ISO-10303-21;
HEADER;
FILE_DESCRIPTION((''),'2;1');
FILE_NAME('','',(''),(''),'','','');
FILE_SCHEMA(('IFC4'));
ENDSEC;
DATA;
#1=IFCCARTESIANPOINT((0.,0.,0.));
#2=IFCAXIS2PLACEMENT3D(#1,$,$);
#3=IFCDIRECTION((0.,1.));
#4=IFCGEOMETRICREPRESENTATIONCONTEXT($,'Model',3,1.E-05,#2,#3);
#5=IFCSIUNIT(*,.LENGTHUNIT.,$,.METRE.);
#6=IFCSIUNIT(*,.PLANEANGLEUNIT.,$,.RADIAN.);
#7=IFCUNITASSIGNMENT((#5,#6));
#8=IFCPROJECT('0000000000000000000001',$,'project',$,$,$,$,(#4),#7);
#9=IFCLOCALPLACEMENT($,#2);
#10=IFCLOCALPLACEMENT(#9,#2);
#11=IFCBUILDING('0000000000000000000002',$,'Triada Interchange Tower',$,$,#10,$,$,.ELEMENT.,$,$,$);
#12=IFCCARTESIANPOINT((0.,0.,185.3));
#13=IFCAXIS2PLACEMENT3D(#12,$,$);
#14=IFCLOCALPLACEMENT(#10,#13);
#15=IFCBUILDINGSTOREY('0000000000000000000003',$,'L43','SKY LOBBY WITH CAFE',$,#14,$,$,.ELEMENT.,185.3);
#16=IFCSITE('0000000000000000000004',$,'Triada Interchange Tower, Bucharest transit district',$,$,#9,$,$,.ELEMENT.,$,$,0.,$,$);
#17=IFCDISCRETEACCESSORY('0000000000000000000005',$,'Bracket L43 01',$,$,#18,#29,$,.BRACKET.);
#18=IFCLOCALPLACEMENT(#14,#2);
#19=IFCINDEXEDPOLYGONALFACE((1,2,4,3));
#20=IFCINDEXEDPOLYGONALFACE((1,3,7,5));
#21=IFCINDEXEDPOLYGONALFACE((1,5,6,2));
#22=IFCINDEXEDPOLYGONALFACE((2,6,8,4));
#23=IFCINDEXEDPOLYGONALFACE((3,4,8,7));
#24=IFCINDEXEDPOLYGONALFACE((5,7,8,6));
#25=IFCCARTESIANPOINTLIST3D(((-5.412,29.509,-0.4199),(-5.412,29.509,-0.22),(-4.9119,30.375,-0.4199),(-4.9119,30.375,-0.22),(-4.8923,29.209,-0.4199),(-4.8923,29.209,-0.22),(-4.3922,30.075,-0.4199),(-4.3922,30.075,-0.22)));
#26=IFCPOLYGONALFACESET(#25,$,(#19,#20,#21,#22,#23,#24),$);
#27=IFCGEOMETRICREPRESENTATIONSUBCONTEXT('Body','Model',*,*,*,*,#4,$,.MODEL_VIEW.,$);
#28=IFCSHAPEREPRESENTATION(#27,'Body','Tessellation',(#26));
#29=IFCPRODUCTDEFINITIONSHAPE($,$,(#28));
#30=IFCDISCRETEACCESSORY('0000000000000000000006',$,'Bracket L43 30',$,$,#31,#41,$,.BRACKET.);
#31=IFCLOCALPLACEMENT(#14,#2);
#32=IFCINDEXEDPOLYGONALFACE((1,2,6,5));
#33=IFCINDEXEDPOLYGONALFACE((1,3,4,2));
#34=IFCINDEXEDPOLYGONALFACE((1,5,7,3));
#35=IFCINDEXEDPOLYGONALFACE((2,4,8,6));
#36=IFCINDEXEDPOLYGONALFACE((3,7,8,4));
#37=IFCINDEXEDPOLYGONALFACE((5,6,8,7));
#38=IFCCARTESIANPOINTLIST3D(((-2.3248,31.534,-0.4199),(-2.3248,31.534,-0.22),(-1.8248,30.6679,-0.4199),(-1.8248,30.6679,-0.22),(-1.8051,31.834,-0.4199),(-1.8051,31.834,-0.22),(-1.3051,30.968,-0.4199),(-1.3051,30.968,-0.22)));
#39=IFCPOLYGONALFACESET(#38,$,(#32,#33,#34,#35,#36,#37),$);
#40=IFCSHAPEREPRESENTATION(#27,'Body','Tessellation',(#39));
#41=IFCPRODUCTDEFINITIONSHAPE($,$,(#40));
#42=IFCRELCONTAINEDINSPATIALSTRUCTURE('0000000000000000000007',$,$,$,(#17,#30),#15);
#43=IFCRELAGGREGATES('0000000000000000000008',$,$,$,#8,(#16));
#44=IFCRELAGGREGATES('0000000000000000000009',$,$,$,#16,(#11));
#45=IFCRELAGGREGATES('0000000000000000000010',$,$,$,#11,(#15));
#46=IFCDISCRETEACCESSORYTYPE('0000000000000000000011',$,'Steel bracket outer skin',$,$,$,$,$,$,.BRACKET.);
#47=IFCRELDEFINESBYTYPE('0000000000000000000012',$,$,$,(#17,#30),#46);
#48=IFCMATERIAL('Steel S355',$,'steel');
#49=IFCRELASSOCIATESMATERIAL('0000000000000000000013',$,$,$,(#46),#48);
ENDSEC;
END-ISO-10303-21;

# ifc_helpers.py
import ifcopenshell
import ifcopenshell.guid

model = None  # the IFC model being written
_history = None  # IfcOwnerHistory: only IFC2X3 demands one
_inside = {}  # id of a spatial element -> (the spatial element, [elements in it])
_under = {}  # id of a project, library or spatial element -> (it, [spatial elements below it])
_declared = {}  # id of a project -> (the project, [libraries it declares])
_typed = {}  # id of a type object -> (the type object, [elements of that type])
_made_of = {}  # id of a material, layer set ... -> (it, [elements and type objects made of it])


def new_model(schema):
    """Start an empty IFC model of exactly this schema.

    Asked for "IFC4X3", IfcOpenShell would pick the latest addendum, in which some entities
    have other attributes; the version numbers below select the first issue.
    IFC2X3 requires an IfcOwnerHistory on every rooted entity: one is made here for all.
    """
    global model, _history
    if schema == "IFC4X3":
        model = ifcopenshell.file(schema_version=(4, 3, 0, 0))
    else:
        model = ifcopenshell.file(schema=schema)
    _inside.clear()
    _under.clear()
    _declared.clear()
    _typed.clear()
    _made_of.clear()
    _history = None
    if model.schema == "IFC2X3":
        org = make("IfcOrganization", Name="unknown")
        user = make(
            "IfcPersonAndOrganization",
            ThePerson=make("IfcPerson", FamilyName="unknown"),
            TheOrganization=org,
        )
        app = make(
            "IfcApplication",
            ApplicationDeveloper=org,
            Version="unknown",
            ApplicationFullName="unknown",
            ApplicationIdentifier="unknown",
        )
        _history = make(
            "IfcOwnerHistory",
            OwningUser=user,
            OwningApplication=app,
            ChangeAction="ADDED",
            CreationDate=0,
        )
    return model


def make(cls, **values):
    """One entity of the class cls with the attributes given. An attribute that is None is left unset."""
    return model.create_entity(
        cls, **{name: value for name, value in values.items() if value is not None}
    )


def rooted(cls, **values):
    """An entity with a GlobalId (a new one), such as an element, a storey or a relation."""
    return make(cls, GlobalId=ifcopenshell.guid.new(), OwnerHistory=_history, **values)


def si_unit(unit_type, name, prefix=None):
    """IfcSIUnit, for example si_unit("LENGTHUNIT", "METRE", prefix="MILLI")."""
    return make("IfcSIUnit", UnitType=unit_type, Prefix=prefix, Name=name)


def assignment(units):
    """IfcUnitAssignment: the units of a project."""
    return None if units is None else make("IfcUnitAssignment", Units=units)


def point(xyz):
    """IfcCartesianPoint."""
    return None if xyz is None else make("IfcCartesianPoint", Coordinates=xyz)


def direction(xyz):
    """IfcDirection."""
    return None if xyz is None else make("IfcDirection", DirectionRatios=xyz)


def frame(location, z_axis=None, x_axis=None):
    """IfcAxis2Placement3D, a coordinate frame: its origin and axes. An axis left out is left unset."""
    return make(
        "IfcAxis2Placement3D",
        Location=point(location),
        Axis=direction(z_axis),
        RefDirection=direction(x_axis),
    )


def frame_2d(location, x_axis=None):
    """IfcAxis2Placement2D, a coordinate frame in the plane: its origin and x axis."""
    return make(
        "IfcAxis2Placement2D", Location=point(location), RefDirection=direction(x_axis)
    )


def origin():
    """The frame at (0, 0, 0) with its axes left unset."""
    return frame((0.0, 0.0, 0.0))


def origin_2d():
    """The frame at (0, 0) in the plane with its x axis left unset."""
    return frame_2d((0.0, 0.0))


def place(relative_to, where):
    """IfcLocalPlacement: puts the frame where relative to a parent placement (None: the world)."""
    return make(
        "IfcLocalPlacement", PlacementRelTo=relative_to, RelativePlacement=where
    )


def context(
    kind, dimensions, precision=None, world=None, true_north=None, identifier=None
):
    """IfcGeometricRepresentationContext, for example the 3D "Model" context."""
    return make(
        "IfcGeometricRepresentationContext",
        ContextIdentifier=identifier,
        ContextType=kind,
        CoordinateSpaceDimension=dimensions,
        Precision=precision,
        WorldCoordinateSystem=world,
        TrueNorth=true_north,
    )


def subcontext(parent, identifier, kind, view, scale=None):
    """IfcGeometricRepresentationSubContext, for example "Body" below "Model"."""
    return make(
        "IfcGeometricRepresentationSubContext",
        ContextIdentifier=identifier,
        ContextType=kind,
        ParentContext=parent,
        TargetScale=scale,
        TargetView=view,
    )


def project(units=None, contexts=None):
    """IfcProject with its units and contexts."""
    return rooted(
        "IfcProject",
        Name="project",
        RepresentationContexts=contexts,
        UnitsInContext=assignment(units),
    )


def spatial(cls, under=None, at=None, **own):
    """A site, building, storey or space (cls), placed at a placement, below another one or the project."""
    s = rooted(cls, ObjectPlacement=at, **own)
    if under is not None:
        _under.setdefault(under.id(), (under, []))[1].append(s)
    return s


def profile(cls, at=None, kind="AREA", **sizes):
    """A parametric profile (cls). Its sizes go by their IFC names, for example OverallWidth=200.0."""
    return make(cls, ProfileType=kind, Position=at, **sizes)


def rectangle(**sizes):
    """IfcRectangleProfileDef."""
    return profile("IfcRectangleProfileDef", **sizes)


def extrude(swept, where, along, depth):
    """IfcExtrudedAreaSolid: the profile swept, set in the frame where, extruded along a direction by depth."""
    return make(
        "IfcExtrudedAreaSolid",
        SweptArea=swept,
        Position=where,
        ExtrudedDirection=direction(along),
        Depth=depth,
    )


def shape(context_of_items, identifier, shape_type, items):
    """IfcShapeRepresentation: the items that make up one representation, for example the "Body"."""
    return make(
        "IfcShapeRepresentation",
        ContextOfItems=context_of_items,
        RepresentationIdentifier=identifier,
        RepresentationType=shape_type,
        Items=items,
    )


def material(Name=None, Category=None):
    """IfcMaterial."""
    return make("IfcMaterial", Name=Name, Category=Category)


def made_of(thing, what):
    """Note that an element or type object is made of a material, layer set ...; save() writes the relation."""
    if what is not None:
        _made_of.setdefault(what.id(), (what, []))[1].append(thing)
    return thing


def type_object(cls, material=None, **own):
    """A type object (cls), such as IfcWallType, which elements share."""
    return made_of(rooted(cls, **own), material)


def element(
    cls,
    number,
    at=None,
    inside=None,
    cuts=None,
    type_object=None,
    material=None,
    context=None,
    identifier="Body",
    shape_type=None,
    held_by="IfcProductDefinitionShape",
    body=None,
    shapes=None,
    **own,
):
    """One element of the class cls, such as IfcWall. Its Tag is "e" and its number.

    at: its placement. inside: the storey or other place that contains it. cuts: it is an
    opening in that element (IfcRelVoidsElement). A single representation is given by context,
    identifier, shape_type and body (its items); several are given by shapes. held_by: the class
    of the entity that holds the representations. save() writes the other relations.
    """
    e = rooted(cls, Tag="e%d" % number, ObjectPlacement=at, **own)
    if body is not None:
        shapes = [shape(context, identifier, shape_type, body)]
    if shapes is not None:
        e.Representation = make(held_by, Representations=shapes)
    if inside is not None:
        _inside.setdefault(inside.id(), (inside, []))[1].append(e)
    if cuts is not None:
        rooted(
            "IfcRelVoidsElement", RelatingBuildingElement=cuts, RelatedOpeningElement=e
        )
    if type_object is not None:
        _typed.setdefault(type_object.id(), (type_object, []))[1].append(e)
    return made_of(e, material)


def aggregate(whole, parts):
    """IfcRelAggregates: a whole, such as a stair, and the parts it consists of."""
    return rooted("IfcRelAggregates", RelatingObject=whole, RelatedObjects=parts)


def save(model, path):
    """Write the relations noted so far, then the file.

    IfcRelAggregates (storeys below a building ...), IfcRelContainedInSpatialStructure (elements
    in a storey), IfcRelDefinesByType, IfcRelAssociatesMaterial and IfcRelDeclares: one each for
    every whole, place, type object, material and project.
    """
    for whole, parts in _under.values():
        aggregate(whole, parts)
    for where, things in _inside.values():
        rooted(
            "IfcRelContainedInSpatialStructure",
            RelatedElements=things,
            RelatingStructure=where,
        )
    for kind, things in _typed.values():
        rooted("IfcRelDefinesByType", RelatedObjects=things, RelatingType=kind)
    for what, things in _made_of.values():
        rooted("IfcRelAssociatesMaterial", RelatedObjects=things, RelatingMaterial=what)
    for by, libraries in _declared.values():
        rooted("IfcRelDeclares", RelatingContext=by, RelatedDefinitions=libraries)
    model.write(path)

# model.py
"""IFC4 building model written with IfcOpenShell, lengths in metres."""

from ifc_helpers import new_model, si_unit, direction, frame, origin, origin_2d, place, context, subcontext, project, spatial, rectangle, extrude, material, type_object, element, save


model = new_model("IFC4")

# Units and contexts
model_context = context("Model", 3, precision=1e-05, world=origin(), true_north=direction((0.0, 1.0)))
body_context = subcontext(model_context, "Body", "Model", "MODEL_VIEW")
ifc_project = project(units=[si_unit("LENGTHUNIT", "METRE"), si_unit("PLANEANGLEUNIT", "RADIAN")], contexts=[model_context])

# Site, building, storey
site_placement = place(None, origin())
site = spatial("IfcSite", under=ifc_project, at=site_placement, Name="Triada Interchange Tower, Bucharest transit district", CompositionType="ELEMENT", RefElevation=0.0)
building_placement = place(site_placement, origin())
building = spatial("IfcBuilding", under=site, at=building_placement, Name="Triada Interchange Tower", CompositionType="ELEMENT")
storey_placement = place(building_placement, frame((0.0, 0.0, 185.3)))
storey = spatial("IfcBuildingStorey", under=building, at=storey_placement, Name="L43", Description="SKY LOBBY WITH CAFE", CompositionType="ELEMENT", Elevation=185.3)

# Discrete accessories
ifc_material_1 = material(Name="Steel S355", Category="steel")
discrete_accessory_type = type_object("IfcDiscreteAccessoryType", Name="Steel bracket outer skin", PredefinedType="BRACKET", material=ifc_material_1)
for number, where, z_axis, x_axis, name in (
    (1, (-4.9021, 29.792, -0.4199), (0.0, 0.0, 1.0), (-0.866022, 0.500006, 0.0), "Bracket L43 01"),
    (2, (-1.8149, 31.251, -0.4199), (0.0, 0.0, 1.0), (0.866024, 0.500002, 0.0), "Bracket L43 30"),
):
    element("IfcDiscreteAccessory", number, at=place(storey_placement, frame(where, z_axis=z_axis, x_axis=x_axis)), inside=storey, type_object=discrete_accessory_type, Name=name, PredefinedType="BRACKET", context=body_context, shape_type="SweptSolid", body=[
        extrude(rectangle(XDim=0.6001, YDim=1.0, at=origin_2d()), origin(), (0.0, 0.0, 1.0), 0.2),
    ])

save(model, "model.ifc")
